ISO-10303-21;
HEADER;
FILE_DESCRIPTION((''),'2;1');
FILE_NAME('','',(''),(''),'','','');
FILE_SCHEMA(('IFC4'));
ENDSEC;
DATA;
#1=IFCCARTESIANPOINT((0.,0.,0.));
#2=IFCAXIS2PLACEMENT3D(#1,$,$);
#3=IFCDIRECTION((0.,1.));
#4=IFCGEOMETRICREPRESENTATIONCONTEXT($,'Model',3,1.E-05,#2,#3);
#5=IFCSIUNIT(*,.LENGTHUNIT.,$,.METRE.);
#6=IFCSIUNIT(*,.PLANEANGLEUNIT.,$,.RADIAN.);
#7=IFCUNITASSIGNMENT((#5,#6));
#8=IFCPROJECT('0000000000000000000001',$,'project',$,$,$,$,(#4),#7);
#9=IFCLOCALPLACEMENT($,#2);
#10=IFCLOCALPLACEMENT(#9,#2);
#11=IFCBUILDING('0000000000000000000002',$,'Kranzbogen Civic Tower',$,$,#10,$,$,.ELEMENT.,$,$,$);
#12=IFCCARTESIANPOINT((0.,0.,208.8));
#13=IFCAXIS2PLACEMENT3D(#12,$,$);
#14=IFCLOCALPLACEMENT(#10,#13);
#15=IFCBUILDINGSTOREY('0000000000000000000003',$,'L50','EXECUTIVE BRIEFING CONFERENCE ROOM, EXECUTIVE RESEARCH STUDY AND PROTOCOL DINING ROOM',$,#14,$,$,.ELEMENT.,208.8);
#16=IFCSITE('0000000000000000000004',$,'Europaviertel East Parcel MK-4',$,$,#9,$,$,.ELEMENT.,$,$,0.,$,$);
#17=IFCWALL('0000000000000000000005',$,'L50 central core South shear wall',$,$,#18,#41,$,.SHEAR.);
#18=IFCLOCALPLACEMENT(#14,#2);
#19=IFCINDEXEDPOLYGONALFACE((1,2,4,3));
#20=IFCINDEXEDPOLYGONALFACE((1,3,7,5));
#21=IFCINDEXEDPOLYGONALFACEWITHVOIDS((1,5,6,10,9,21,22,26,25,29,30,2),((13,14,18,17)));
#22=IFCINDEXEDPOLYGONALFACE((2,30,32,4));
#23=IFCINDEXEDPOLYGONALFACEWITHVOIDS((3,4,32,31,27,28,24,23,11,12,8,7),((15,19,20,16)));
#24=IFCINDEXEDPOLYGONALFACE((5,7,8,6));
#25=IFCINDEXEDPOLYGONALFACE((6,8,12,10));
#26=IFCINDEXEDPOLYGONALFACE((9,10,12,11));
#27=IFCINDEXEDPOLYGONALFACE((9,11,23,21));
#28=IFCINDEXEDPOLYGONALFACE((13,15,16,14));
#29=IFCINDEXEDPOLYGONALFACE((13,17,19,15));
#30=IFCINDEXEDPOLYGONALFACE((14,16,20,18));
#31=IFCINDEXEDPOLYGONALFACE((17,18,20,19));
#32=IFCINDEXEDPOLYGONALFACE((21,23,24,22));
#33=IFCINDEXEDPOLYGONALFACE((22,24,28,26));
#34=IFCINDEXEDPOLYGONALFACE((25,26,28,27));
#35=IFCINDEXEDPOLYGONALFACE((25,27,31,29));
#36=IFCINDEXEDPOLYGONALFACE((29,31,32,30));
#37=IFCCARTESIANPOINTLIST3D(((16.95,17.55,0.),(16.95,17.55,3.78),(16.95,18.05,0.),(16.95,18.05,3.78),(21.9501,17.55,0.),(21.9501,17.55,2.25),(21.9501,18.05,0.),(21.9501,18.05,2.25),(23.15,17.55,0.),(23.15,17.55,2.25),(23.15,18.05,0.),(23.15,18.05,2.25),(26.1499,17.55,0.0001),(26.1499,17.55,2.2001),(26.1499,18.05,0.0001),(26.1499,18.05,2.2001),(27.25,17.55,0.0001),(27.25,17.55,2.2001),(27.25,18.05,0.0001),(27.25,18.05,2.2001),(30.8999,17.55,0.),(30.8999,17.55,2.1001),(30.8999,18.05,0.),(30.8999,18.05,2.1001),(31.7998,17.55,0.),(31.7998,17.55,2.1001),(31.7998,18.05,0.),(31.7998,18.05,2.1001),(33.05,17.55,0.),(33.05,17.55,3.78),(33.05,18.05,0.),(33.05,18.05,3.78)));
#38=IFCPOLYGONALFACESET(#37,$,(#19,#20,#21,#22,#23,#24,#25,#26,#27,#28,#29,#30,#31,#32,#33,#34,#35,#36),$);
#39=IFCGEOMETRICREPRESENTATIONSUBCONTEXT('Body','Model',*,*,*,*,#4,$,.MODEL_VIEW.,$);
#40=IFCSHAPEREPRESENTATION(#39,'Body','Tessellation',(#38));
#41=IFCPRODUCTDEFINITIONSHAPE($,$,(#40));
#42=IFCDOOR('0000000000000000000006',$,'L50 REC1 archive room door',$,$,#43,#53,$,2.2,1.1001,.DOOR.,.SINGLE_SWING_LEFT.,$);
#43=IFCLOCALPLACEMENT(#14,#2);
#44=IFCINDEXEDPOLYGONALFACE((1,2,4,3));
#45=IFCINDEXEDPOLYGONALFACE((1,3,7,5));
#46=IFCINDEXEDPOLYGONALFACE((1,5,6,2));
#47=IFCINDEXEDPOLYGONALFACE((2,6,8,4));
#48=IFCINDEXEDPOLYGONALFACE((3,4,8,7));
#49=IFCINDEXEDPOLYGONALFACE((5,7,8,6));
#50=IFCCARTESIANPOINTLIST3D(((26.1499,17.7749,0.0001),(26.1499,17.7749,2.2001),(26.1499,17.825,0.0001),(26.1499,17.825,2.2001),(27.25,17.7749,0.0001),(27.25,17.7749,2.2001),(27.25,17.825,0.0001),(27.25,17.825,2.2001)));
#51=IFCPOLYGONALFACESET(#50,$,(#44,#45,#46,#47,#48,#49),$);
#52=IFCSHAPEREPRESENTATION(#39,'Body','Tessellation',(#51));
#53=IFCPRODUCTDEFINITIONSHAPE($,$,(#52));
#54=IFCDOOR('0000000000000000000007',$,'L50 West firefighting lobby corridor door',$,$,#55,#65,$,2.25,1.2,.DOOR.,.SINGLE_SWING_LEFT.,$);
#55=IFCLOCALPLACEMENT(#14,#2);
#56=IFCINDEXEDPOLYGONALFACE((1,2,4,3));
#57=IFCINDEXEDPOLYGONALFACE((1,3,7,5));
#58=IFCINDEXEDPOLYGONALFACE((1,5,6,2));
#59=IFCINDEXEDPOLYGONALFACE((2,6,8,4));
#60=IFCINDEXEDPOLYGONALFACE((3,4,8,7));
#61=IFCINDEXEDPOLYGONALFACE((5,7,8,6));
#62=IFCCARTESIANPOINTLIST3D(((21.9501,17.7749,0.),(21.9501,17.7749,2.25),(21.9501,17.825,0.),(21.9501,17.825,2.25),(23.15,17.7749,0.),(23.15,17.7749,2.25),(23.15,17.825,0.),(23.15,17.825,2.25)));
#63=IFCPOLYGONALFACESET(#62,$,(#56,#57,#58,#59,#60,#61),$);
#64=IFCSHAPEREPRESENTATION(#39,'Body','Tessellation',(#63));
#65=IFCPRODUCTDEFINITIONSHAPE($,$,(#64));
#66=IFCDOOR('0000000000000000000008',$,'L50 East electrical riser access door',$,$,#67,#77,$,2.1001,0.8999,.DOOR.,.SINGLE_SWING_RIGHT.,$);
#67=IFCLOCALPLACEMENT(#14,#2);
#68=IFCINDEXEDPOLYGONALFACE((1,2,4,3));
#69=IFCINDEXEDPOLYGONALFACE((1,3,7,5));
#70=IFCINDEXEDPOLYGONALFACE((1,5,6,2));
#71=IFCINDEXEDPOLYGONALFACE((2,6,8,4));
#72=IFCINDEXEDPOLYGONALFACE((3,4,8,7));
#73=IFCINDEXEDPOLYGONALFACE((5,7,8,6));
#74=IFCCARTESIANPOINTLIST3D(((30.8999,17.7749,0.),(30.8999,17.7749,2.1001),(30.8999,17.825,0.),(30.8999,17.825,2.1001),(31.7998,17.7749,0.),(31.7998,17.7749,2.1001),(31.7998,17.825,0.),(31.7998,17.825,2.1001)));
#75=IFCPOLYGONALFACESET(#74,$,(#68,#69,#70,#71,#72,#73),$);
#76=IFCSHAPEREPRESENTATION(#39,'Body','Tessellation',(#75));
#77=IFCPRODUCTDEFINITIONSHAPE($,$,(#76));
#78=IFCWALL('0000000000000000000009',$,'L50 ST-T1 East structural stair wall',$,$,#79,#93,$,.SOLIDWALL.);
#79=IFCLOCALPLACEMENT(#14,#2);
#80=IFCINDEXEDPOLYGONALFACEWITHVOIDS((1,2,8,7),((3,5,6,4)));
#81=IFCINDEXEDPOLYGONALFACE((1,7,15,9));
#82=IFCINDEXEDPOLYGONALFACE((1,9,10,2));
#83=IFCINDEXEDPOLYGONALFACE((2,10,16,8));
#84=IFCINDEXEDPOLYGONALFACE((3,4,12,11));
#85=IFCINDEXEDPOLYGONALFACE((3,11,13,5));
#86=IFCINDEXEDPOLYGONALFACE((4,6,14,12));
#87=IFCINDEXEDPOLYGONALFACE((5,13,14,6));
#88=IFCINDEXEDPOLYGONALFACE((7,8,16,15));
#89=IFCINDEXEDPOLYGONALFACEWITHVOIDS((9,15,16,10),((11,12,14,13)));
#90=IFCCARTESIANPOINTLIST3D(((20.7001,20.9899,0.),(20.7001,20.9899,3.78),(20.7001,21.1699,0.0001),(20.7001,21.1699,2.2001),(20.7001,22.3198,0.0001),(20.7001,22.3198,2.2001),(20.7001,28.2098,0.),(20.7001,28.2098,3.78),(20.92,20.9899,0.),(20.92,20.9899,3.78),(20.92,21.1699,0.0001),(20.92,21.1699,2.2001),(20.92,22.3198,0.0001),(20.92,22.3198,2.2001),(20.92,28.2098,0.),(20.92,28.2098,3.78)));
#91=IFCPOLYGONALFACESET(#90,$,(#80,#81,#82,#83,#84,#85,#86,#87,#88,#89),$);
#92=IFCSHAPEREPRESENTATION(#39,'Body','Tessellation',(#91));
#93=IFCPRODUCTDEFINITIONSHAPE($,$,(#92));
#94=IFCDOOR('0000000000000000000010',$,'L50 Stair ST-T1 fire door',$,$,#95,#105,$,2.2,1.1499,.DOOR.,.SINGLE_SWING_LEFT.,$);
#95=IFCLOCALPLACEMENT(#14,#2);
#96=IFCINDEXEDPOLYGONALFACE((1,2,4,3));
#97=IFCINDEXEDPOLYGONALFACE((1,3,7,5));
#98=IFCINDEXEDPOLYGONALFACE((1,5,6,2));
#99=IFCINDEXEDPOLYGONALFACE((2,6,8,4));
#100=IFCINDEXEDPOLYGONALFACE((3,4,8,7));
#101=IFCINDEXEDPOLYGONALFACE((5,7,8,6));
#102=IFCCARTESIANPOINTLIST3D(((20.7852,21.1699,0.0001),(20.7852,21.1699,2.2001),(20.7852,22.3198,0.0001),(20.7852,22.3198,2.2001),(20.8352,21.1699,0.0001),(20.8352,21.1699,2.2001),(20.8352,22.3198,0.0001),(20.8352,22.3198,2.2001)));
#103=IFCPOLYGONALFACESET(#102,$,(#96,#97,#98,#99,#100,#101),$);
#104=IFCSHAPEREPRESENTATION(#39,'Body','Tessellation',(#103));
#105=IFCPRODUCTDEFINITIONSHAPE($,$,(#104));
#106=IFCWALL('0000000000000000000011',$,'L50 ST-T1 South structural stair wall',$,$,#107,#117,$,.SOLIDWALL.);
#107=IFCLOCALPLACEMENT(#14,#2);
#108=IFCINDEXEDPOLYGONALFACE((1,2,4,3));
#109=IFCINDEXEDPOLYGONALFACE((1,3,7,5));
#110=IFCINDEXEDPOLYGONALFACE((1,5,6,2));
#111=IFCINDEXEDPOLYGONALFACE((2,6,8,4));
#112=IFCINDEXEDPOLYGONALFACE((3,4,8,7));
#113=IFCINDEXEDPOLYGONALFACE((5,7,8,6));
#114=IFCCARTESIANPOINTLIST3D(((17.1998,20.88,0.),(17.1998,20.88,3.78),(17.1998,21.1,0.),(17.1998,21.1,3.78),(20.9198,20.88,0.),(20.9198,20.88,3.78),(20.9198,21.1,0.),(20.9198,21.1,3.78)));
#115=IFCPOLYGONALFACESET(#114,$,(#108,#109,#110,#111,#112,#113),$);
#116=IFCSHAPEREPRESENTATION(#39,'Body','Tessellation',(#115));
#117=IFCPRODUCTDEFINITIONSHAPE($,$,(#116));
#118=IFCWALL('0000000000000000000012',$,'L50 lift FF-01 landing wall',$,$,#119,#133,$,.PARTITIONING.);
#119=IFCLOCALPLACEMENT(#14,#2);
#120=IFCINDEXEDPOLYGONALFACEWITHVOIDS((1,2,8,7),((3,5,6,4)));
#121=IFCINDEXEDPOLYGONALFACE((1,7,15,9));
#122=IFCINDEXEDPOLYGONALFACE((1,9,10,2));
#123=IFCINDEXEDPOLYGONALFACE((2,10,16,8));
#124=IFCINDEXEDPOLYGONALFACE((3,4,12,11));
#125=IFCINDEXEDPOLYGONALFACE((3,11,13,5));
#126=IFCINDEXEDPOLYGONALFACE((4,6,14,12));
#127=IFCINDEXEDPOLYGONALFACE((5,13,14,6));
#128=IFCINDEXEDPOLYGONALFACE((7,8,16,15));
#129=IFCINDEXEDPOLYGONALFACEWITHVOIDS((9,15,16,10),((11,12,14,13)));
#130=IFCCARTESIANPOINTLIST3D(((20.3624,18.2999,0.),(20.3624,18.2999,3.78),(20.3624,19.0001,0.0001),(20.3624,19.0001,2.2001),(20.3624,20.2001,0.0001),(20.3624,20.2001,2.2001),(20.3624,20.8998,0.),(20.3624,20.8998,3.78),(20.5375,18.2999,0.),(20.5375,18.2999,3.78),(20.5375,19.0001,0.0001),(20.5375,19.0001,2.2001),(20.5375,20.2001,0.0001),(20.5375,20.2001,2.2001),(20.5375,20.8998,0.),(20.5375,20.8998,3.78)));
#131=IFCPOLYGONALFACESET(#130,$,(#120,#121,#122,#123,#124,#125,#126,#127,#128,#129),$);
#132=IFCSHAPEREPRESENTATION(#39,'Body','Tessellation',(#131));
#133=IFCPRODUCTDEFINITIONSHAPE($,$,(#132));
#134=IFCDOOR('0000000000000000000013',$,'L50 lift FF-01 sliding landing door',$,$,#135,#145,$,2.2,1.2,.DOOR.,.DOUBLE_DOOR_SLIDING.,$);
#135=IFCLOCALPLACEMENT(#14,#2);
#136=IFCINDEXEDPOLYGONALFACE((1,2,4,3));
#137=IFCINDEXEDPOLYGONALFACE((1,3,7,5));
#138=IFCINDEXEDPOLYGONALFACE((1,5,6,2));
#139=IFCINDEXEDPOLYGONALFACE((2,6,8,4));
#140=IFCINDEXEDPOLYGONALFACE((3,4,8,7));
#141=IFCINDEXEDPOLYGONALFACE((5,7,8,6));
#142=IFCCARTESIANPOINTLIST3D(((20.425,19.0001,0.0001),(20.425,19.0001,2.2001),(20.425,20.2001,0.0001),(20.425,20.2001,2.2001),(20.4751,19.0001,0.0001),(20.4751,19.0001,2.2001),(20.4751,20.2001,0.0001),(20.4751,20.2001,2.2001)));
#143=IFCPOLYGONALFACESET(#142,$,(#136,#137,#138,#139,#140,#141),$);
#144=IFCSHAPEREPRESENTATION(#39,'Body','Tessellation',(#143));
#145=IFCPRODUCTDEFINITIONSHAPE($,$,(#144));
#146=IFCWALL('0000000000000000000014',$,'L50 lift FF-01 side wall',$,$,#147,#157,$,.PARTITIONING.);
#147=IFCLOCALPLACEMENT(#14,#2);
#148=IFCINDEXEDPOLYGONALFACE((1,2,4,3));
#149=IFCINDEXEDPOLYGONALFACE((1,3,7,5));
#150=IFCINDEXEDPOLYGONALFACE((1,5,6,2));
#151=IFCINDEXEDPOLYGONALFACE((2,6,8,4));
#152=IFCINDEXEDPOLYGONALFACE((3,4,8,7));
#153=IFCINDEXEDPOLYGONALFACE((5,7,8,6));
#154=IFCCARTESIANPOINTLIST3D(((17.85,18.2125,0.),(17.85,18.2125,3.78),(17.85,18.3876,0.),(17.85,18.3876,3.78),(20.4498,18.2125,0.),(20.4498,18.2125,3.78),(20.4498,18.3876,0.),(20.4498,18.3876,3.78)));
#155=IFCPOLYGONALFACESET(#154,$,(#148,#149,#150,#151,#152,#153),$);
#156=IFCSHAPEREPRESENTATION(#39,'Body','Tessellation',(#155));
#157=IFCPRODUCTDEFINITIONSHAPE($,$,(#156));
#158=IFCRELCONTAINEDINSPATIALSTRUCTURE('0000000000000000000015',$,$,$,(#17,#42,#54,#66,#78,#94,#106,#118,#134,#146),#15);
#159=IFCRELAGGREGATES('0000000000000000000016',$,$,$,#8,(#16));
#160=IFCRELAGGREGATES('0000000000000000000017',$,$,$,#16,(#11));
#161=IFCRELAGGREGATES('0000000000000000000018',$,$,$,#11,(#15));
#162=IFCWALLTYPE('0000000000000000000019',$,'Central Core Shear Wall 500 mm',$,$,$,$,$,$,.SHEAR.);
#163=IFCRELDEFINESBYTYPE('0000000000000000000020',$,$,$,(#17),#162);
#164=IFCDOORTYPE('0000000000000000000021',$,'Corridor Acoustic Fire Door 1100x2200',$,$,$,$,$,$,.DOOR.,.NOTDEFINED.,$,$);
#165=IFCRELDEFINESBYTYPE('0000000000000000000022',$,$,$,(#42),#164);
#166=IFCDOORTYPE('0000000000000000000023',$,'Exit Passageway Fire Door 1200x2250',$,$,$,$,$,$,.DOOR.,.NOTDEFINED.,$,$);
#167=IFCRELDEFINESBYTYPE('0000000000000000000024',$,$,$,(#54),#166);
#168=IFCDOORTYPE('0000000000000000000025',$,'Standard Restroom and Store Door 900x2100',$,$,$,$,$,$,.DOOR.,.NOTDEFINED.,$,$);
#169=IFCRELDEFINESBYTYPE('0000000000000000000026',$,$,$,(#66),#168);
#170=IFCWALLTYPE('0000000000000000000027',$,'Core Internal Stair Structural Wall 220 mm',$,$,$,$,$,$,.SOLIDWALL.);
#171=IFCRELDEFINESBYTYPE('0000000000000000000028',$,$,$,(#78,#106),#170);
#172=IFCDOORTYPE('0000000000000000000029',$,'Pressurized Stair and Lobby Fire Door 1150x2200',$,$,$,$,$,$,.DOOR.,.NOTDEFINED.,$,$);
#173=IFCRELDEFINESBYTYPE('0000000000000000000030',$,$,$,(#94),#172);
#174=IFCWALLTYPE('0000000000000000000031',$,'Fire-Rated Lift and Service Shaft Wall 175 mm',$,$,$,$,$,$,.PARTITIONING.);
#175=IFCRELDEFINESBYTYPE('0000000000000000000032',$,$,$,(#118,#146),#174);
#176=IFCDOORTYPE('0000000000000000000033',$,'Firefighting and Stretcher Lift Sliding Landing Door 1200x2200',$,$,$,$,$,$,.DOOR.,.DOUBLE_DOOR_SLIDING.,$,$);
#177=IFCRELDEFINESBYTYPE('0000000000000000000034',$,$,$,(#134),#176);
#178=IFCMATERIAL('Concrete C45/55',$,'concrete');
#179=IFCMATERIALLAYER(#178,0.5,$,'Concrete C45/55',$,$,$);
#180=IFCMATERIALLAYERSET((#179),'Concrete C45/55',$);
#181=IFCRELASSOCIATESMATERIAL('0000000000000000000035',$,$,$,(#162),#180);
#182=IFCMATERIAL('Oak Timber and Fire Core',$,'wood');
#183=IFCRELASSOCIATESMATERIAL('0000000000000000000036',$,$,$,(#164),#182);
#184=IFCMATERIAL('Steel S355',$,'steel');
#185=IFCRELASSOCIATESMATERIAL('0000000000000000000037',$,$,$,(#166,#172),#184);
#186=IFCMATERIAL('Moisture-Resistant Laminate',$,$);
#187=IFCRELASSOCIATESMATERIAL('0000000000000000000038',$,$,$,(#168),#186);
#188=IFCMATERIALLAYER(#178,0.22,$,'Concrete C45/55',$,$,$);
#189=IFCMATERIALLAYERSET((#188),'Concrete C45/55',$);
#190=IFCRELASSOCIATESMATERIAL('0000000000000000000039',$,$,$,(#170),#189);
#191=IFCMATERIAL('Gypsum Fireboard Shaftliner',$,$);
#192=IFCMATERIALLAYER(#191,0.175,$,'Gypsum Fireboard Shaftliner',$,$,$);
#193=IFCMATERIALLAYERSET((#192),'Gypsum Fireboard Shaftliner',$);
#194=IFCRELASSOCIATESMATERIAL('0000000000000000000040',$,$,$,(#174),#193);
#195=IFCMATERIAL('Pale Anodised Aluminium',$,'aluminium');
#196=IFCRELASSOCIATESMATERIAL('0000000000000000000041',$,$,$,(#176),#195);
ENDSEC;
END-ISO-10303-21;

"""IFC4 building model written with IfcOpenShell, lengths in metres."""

from ifc_helpers import new_model, si_unit, direction, frame, frame_2d, origin, place, context, subcontext, project, spatial, rectangle, extrude, material, layer, layer_set, type_object, element, fill, save


model = new_model("IFC4")

# Units and contexts
model_context = context("Model", 3, precision=1e-05, world=origin(), true_north=direction((0.0, 1.0)))
body_context = subcontext(model_context, "Body", "Model", "MODEL_VIEW")
ifc_project = project(units=[si_unit("LENGTHUNIT", "METRE"), si_unit("PLANEANGLEUNIT", "RADIAN")], contexts=[model_context])

# Site, building, storey
site_placement = place(None, origin())
site = spatial("IfcSite", under=ifc_project, at=site_placement, Name="Europaviertel East Parcel MK-4", CompositionType="ELEMENT", RefElevation=0.0)
building_placement = place(site_placement, origin())
building = spatial("IfcBuilding", under=site, at=building_placement, Name="Kranzbogen Civic Tower", CompositionType="ELEMENT")
storey_placement = place(building_placement, frame((0.0, 0.0, 208.8)))
storey = spatial("IfcBuildingStorey", under=building, at=storey_placement, Name="L50", Description="EXECUTIVE BRIEFING CONFERENCE ROOM, EXECUTIVE RESEARCH STUDY AND PROTOCOL DINING ROOM", CompositionType="ELEMENT", Elevation=208.8)

# Shared definitions
ifc_material_1 = material(Name="Steel S355", Category="steel")

# Wall, openings, doors
ifc_material_2 = material(Name="Concrete C45/55", Category="concrete")
ifc_layer_1 = layer(ifc_material_2, 0.5, Name="Concrete C45/55")
ifc_layer_set_1 = layer_set([ifc_layer_1], Name="Concrete C45/55")
wall_type_1 = type_object("IfcWallType", Name="Central Core Shear Wall 500 mm", PredefinedType="SHEAR", material=ifc_layer_set_1)
wall_1_placement = place(storey_placement, frame((16.95, 17.8, 0.0), z_axis=(0.0, 0.0, 1.0), x_axis=(1.0, 0.0, 0.0)))
wall_1 = element("IfcWall", 1, at=wall_1_placement, inside=storey, type_object=wall_type_1, Name="L50 central core South shear wall", PredefinedType="SHEAR", context=body_context, shape_type="SweptSolid", body=[
    extrude(rectangle(XDim=16.1001, YDim=0.5, at=frame_2d((8.05, 0.0))), origin(), (0.0, 0.0, 1.0), 3.78),
])
opening_1_placement = place(wall_1_placement, frame((5.0, 0.0, 0.0)))
opening_1 = element("IfcOpeningElement", 2, at=opening_1_placement, cuts=wall_1, PredefinedType="OPENING", context=body_context, shape_type="SweptSolid", body=[
    extrude(rectangle(XDim=1.2, YDim=2.25, at=frame_2d((0.6001, 1.125))), frame((0.0, 0.26, 0.0), z_axis=(0.0, -1.0, 0.0), x_axis=(1.0, 0.0, 0.0)), (0.0, 0.0, 1.0), 0.52),
])
opening_2_placement = place(wall_1_placement, frame((13.95, 0.0, 0.0)))
opening_2 = element("IfcOpeningElement", 3, at=opening_2_placement, cuts=wall_1, PredefinedType="OPENING", context=body_context, shape_type="SweptSolid", body=[
    extrude(rectangle(XDim=0.8999, YDim=2.1001, at=frame_2d((0.45, 1.05))), frame((0.0, 0.26, 0.0), z_axis=(0.0, -1.0, 0.0), x_axis=(1.0, 0.0, 0.0)), (0.0, 0.0, 1.0), 0.52),
])
opening_3_placement = place(wall_1_placement, frame((9.2, 0.0, 0.0)))
opening_3 = element("IfcOpeningElement", 4, at=opening_3_placement, cuts=wall_1, PredefinedType="OPENING", context=body_context, shape_type="SweptSolid", body=[
    extrude(rectangle(XDim=1.1001, YDim=2.2, at=frame_2d((0.55, 1.1001))), frame((0.0, 0.26, 0.0), z_axis=(0.0, -1.0, 0.0), x_axis=(1.0, 0.0, 0.0)), (0.0, 0.0, 1.0), 0.52),
])
ifc_material_3 = material(Name="Oak Timber and Fire Core", Category="wood")
door_type_1 = type_object("IfcDoorType", Name="Corridor Acoustic Fire Door 1100x2200", OperationType="NOTDEFINED", PredefinedType="DOOR", material=ifc_material_3)
door_1_placement = place(opening_3_placement, origin())
door_1 = element("IfcDoor", 5, at=door_1_placement, inside=storey, type_object=door_type_1, Name="L50 REC1 archive room door", OperationType="SINGLE_SWING_LEFT", OverallHeight=2.2, OverallWidth=1.1001, PredefinedType="DOOR", context=body_context, shape_type="SweptSolid", body=[
    extrude(rectangle(XDim=1.1001, YDim=2.2, at=frame_2d((0.55, 1.1001))), frame((0.0, 0.0249, 0.0), z_axis=(0.0, -1.0, 0.0), x_axis=(1.0, 0.0, 0.0)), (0.0, 0.0, 1.0), 0.05),
])
fill(opening_3, door_1)
door_type_2 = type_object("IfcDoorType", Name="Exit Passageway Fire Door 1200x2250", OperationType="NOTDEFINED", PredefinedType="DOOR", material=ifc_material_1)
door_2_placement = place(opening_1_placement, origin())
door_2 = element("IfcDoor", 6, at=door_2_placement, inside=storey, type_object=door_type_2, Name="L50 West firefighting lobby corridor door", OperationType="SINGLE_SWING_LEFT", OverallHeight=2.25, OverallWidth=1.2, PredefinedType="DOOR", context=body_context, shape_type="SweptSolid", body=[
    extrude(rectangle(XDim=1.2, YDim=2.25, at=frame_2d((0.6001, 1.125))), frame((0.0, 0.0249, 0.0), z_axis=(0.0, -1.0, 0.0), x_axis=(1.0, 0.0, 0.0)), (0.0, 0.0, 1.0), 0.05),
])
fill(opening_1, door_2)
ifc_material_4 = material(Name="Moisture-Resistant Laminate")
door_type_3 = type_object("IfcDoorType", Name="Standard Restroom and Store Door 900x2100", OperationType="NOTDEFINED", PredefinedType="DOOR", material=ifc_material_4)
door_3_placement = place(opening_2_placement, origin())
door_3 = element("IfcDoor", 7, at=door_3_placement, inside=storey, type_object=door_type_3, Name="L50 East electrical riser access door", OperationType="SINGLE_SWING_RIGHT", OverallHeight=2.1001, OverallWidth=0.8999, PredefinedType="DOOR", context=body_context, shape_type="SweptSolid", body=[
    extrude(rectangle(XDim=0.8999, YDim=2.1001, at=frame_2d((0.45, 1.05))), frame((0.0, 0.0249, 0.0), z_axis=(0.0, -1.0, 0.0), x_axis=(1.0, 0.0, 0.0)), (0.0, 0.0, 1.0), 0.05),
])
fill(opening_2, door_3)

# Wall, opening, door
ifc_layer_2 = layer(ifc_material_2, 0.22, Name="Concrete C45/55")
ifc_layer_set_2 = layer_set([ifc_layer_2], Name="Concrete C45/55")
wall_type_2 = type_object("IfcWallType", Name="Core Internal Stair Structural Wall 220 mm", PredefinedType="SOLIDWALL", material=ifc_layer_set_2)
wall_2_placement = place(storey_placement, frame((20.8101, 20.99, 0.0), z_axis=(0.0, 0.0, 1.0), x_axis=(0.0, 1.0, 0.0)))
wall_2 = element("IfcWall", 8, at=wall_2_placement, inside=storey, type_object=wall_type_2, Name="L50 ST-T1 East structural stair wall", PredefinedType="SOLIDWALL", context=body_context, shape_type="SweptSolid", body=[
    extrude(rectangle(XDim=7.22, YDim=0.22, at=frame_2d((3.6099, 0.0))), origin(), (0.0, 0.0, 1.0), 3.78),
])
opening_4_placement = place(wall_2_placement, frame((0.1799, 0.0, 0.0)))
opening_4 = element("IfcOpeningElement", 9, at=opening_4_placement, cuts=wall_2, PredefinedType="OPENING", context=body_context, shape_type="SweptSolid", body=[
    extrude(rectangle(XDim=1.1499, YDim=2.2, at=frame_2d((0.575, 1.1001))), frame((0.0, 0.1201, 0.0), z_axis=(0.0, -1.0, 0.0), x_axis=(1.0, 0.0, 0.0)), (0.0, 0.0, 1.0), 0.24),
])
door_type_4 = type_object("IfcDoorType", Name="Pressurized Stair and Lobby Fire Door 1150x2200", OperationType="NOTDEFINED", PredefinedType="DOOR", material=ifc_material_1)
door_4_placement = place(opening_4_placement, origin())
door_4 = element("IfcDoor", 10, at=door_4_placement, inside=storey, type_object=door_type_4, Name="L50 Stair ST-T1 fire door", OperationType="SINGLE_SWING_LEFT", OverallHeight=2.2, OverallWidth=1.1499, PredefinedType="DOOR", context=body_context, shape_type="SweptSolid", body=[
    extrude(rectangle(XDim=1.1499, YDim=2.2, at=frame_2d((0.575, 1.1001))), frame((0.0, 0.0249, 0.0), z_axis=(0.0, -1.0, 0.0), x_axis=(1.0, 0.0, 0.0)), (0.0, 0.0, 1.0), 0.05),
])
fill(opening_4, door_4)

# Wall
wall_3_placement = place(storey_placement, frame((17.2, 20.99, 0.0), z_axis=(0.0, 0.0, 1.0), x_axis=(1.0, 0.0, 0.0)))
element("IfcWall", 11, at=wall_3_placement, inside=storey, type_object=wall_type_2, Name="L50 ST-T1 South structural stair wall", PredefinedType="SOLIDWALL", context=body_context, shape_type="SweptSolid", body=[
    extrude(rectangle(XDim=3.72, YDim=0.22, at=frame_2d((1.8599, 0.0))), origin(), (0.0, 0.0, 1.0), 3.78),
])

# Wall, opening, door
ifc_material_5 = material(Name="Gypsum Fireboard Shaftliner")
ifc_layer_3 = layer(ifc_material_5, 0.175, Name="Gypsum Fireboard Shaftliner")
ifc_layer_set_3 = layer_set([ifc_layer_3], Name="Gypsum Fireboard Shaftliner")
wall_type_3 = type_object("IfcWallType", Name="Fire-Rated Lift and Service Shaft Wall 175 mm", PredefinedType="PARTITIONING", material=ifc_layer_set_3)
wall_4_placement = place(storey_placement, frame((20.45, 18.3, 0.0), z_axis=(0.0, 0.0, 1.0), x_axis=(0.0, 1.0, 0.0)))
wall_4 = element("IfcWall", 12, at=wall_4_placement, inside=storey, type_object=wall_type_3, Name="L50 lift FF-01 landing wall", PredefinedType="PARTITIONING", context=body_context, shape_type="SweptSolid", body=[
    extrude(rectangle(XDim=2.5999, YDim=0.175, at=frame_2d((1.2998, 0.0))), origin(), (0.0, 0.0, 1.0), 3.78),
])
opening_5_placement = place(wall_4_placement, frame((0.7, 0.0, 0.0)))
opening_5 = element("IfcOpeningElement", 13, at=opening_5_placement, cuts=wall_4, PredefinedType="OPENING", context=body_context, shape_type="SweptSolid", body=[
    extrude(rectangle(XDim=1.2, YDim=2.2, at=frame_2d((0.6001, 1.1001))), frame((0.0, 0.0977, 0.0), z_axis=(0.0, -1.0, 0.0), x_axis=(1.0, 0.0, 0.0)), (0.0, 0.0, 1.0), 0.1951),
])
ifc_material_6 = material(Name="Pale Anodised Aluminium", Category="aluminium")
door_type_5 = type_object("IfcDoorType", Name="Firefighting and Stretcher Lift Sliding Landing Door 1200x2200", OperationType="DOUBLE_DOOR_SLIDING", PredefinedType="DOOR", material=ifc_material_6)
door_5_placement = place(opening_5_placement, origin())
door_5 = element("IfcDoor", 14, at=door_5_placement, inside=storey, type_object=door_type_5, Name="L50 lift FF-01 sliding landing door", OperationType="DOUBLE_DOOR_SLIDING", OverallHeight=2.2, OverallWidth=1.2, PredefinedType="DOOR", context=body_context, shape_type="SweptSolid", body=[
    extrude(rectangle(XDim=1.2, YDim=2.2, at=frame_2d((0.6001, 1.1001))), frame((0.0, 0.0249, 0.0), z_axis=(0.0, -1.0, 0.0), x_axis=(1.0, 0.0, 0.0)), (0.0, 0.0, 1.0), 0.05),
])
fill(opening_5, door_5)

# Wall
wall_5_placement = place(storey_placement, frame((17.8501, 18.3, 0.0), z_axis=(0.0, 0.0, 1.0), x_axis=(1.0, 0.0, 0.0)))
element("IfcWall", 15, at=wall_5_placement, inside=storey, type_object=wall_type_3, Name="L50 lift FF-01 side wall", PredefinedType="PARTITIONING", context=body_context, shape_type="SweptSolid", body=[
    extrude(rectangle(XDim=2.5999, YDim=0.175, at=frame_2d((1.2998, 0.0))), origin(), (0.0, 0.0, 1.0), 3.78),
])

save(model, "model.ifc")
